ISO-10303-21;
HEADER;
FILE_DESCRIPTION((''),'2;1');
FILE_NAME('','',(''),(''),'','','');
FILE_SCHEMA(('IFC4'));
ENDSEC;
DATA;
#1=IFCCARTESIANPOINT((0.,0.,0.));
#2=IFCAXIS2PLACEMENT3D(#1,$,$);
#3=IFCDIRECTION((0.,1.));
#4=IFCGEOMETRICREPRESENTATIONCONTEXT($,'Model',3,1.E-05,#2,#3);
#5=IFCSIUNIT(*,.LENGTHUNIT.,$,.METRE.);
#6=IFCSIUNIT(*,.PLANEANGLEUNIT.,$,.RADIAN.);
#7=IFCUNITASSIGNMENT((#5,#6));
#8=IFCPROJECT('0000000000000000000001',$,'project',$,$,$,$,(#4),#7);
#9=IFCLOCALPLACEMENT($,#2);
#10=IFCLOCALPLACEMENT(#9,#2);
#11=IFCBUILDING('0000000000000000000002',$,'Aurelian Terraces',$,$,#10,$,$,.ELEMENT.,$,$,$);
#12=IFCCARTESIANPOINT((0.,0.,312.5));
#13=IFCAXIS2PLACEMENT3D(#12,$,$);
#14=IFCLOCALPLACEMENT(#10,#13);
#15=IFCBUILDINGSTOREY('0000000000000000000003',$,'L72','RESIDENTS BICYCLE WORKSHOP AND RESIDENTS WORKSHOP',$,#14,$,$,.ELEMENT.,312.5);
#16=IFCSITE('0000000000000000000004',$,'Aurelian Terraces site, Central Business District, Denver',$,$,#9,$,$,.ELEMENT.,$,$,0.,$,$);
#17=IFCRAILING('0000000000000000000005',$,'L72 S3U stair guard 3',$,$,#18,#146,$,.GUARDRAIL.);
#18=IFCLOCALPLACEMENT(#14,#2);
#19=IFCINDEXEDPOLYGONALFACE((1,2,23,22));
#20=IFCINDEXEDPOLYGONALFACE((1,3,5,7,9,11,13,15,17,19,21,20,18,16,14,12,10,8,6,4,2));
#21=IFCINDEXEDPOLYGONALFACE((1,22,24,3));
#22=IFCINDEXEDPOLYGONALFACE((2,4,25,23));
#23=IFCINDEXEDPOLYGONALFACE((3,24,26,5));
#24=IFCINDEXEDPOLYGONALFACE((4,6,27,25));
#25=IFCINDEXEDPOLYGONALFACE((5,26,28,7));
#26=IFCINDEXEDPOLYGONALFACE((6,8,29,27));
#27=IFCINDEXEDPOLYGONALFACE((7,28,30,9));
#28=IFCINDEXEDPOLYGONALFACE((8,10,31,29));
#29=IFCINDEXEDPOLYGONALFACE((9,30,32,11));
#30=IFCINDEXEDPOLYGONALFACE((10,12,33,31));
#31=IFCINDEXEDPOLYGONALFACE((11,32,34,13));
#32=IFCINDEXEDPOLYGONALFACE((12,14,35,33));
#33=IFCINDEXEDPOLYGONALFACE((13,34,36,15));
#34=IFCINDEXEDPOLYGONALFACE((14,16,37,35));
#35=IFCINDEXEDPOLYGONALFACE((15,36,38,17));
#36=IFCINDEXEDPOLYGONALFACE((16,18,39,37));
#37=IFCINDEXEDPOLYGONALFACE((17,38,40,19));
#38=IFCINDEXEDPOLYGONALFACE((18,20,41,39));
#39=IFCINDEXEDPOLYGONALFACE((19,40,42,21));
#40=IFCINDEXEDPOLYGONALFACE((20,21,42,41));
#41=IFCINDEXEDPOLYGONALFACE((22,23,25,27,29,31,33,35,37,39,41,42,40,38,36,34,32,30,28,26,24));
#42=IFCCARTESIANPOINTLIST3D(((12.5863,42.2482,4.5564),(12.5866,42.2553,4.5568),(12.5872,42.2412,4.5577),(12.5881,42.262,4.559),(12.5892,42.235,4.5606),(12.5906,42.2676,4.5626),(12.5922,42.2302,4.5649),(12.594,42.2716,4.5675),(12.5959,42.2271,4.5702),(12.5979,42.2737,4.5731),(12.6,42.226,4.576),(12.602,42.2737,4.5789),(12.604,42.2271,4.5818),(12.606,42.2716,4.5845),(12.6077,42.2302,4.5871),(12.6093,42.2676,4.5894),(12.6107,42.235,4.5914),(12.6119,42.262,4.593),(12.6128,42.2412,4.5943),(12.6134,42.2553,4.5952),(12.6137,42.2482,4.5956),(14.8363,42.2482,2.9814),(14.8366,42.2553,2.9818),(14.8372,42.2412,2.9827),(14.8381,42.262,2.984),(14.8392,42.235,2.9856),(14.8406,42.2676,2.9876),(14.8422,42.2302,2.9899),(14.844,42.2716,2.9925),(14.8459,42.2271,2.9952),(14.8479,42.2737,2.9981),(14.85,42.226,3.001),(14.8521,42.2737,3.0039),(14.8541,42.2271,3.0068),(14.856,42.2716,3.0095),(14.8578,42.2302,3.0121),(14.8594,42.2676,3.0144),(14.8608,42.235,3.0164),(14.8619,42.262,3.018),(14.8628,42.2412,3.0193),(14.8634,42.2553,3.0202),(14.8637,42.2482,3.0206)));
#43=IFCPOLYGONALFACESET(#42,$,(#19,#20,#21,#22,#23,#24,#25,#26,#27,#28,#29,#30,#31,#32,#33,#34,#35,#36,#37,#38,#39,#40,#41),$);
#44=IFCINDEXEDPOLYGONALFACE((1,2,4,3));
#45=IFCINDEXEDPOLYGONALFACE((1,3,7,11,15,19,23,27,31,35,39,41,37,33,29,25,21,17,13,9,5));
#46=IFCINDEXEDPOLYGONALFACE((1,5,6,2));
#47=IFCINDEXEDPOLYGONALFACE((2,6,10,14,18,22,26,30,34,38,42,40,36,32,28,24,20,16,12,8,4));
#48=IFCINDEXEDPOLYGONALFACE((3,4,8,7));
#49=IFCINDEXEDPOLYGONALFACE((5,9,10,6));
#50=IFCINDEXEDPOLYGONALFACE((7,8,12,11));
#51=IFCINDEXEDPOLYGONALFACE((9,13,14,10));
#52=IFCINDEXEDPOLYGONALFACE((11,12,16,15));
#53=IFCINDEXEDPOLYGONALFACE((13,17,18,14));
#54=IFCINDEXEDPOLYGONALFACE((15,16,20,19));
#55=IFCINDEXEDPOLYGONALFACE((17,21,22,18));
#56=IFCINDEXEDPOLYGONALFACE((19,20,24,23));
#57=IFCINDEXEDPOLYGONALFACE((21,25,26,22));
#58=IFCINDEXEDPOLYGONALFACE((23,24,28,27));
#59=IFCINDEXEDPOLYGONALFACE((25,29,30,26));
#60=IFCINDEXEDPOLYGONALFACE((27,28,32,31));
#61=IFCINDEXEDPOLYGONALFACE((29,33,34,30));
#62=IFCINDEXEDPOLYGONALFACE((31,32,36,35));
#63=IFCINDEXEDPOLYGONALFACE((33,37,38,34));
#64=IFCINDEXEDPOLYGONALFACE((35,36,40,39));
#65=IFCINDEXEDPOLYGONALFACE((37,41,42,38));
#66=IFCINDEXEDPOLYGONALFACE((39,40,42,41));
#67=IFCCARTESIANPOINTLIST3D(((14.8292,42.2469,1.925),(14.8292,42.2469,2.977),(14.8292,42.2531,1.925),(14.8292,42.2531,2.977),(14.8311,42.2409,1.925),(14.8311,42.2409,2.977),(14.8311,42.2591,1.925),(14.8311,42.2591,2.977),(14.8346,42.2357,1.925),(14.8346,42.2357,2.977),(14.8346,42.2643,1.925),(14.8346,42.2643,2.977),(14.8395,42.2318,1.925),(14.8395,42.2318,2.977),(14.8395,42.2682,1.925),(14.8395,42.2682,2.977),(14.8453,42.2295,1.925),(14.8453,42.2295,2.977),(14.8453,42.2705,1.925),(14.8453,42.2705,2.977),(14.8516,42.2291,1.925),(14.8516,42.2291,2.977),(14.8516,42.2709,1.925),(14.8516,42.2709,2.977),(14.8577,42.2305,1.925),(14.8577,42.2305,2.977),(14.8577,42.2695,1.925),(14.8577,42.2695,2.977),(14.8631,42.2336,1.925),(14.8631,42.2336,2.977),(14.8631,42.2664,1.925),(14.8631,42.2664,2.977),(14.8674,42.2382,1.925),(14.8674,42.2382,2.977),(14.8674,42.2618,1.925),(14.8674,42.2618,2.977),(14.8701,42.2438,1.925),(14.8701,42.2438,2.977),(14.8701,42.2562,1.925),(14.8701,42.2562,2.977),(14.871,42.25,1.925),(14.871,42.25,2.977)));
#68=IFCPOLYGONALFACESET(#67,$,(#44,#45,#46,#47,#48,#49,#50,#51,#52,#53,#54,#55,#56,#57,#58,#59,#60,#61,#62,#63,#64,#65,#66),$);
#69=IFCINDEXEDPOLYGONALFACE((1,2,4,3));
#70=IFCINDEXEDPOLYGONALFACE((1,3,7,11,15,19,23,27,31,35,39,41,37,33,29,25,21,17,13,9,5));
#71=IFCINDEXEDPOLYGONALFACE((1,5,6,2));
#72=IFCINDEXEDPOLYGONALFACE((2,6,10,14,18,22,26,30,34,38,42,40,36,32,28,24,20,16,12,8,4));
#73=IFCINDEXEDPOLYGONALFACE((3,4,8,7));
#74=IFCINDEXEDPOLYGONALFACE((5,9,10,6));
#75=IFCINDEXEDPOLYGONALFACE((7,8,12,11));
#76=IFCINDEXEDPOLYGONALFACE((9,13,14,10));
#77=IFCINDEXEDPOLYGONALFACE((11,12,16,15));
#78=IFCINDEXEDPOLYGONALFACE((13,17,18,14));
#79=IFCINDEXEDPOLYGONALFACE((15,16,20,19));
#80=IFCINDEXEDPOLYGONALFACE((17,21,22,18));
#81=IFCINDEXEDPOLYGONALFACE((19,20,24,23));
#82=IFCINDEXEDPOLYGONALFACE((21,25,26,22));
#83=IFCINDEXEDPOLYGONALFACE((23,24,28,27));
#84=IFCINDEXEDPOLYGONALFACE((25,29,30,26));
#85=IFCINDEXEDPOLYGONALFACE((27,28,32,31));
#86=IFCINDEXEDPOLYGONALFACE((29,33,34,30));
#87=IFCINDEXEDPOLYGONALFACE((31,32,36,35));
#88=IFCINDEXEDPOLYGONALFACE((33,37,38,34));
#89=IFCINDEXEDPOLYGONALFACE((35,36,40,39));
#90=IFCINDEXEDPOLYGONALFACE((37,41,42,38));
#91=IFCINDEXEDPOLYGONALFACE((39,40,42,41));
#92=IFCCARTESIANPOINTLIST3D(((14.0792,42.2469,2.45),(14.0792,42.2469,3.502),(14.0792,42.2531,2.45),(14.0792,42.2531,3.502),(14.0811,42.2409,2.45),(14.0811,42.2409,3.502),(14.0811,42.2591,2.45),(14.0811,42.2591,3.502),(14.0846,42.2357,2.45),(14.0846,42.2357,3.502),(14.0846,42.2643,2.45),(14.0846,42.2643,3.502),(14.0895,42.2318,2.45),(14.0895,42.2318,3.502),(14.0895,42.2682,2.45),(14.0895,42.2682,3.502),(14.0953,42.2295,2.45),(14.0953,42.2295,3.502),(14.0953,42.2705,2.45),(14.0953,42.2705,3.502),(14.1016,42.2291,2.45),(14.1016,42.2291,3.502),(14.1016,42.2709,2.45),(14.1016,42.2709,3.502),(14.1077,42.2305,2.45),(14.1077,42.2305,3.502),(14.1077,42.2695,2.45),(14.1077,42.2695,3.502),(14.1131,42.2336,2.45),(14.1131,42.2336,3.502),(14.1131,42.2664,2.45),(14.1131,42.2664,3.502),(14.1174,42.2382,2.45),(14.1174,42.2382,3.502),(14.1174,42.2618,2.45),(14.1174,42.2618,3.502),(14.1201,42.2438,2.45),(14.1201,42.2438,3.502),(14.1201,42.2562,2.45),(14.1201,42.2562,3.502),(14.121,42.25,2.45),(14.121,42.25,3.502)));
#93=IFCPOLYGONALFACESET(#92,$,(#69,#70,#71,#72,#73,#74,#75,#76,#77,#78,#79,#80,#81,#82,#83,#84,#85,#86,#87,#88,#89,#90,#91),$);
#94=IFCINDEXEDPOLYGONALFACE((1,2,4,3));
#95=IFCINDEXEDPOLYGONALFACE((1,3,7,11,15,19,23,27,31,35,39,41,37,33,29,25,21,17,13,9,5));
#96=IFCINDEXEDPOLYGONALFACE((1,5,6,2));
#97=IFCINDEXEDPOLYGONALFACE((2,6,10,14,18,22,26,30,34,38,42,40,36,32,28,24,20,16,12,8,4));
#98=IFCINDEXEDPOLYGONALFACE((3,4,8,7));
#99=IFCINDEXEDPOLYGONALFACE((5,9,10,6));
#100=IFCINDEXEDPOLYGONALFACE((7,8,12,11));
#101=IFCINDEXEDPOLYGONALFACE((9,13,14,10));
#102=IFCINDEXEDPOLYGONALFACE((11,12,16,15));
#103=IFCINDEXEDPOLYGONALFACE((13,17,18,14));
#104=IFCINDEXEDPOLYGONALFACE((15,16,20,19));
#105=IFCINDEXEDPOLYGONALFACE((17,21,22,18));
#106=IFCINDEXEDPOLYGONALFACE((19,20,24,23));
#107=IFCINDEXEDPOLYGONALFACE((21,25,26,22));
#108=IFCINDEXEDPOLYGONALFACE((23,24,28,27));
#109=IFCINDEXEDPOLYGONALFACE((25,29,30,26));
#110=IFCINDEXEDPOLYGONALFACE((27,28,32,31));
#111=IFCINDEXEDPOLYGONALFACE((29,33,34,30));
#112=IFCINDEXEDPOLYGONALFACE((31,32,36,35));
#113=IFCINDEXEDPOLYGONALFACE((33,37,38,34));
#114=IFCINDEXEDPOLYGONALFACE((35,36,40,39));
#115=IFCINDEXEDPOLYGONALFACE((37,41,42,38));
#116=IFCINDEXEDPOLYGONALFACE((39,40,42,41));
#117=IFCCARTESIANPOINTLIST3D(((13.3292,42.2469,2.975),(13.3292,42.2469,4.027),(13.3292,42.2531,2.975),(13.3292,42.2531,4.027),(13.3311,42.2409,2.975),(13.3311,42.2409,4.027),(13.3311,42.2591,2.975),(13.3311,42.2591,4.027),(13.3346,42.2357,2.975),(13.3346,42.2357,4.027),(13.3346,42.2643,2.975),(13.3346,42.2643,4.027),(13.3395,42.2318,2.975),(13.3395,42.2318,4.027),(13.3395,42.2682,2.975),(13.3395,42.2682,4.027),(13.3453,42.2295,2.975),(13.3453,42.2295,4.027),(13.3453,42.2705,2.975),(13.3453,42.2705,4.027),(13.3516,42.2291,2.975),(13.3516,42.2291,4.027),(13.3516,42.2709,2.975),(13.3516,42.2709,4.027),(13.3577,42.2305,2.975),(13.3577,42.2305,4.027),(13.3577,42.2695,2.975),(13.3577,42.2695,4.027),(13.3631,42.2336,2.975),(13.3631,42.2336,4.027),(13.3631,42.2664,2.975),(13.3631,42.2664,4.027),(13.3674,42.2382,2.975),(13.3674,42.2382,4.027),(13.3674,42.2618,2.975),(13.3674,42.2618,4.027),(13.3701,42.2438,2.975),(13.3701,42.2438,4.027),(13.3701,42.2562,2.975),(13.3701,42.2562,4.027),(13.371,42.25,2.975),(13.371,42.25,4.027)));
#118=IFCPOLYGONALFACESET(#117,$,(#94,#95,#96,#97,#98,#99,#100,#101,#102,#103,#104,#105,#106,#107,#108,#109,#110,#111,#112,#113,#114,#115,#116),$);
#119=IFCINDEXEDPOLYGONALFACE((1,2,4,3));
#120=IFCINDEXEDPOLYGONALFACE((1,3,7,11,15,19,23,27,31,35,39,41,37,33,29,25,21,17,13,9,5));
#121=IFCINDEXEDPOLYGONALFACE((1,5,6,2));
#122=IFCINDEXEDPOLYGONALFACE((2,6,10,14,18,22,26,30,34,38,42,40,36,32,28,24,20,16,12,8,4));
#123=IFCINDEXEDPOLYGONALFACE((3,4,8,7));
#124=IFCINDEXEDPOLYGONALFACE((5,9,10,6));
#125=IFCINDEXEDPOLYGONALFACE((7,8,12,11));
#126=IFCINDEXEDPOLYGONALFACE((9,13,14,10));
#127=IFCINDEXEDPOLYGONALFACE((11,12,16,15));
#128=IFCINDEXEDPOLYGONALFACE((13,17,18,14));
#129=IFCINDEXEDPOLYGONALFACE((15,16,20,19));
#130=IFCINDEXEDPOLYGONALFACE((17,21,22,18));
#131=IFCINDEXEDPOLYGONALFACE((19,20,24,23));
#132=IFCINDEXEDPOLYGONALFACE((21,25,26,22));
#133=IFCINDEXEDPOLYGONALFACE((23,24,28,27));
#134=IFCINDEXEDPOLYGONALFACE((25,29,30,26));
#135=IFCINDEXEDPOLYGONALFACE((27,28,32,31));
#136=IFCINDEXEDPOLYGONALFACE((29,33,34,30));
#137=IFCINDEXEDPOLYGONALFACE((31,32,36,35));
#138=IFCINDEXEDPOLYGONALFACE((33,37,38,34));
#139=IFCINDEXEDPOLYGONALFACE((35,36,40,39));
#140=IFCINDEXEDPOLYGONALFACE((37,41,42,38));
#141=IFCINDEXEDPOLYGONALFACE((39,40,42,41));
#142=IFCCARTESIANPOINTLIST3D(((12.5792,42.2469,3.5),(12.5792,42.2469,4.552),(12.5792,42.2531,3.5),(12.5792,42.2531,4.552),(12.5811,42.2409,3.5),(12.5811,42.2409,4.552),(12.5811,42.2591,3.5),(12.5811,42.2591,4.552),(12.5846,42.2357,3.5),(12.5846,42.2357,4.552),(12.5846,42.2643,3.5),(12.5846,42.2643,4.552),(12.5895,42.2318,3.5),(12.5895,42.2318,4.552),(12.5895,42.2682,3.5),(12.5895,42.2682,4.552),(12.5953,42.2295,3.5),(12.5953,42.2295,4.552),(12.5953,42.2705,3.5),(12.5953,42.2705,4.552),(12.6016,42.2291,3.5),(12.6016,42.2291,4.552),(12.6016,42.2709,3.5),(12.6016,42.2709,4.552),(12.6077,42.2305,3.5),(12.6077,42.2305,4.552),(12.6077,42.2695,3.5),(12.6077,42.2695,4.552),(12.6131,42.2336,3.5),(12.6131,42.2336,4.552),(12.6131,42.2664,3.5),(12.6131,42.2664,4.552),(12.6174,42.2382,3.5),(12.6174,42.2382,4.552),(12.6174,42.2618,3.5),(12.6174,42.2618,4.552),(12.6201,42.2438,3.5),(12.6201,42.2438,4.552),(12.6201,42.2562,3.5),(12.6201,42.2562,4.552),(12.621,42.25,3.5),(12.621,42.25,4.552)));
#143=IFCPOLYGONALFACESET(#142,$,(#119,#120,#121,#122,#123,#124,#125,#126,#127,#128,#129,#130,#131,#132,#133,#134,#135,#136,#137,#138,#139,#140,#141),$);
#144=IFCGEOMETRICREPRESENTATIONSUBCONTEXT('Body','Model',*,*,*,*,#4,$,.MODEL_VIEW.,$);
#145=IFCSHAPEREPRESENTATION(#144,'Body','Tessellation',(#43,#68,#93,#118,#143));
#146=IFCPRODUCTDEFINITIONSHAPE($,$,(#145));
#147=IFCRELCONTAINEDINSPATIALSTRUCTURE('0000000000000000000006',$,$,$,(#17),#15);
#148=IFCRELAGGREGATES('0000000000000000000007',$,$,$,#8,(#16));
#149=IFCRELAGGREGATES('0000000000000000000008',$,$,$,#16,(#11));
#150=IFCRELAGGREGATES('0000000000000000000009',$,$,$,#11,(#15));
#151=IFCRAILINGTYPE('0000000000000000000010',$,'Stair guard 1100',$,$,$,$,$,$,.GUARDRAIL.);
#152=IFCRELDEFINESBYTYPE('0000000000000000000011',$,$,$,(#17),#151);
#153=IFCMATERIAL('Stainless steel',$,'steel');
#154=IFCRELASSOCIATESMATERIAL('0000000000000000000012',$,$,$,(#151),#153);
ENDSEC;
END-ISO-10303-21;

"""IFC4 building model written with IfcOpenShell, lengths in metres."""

from ifc_helpers import new_model, si_unit, direction, frame, origin, origin_2d, place, context, subcontext, project, spatial, circle, extrude, source, transform, mapped, material, type_object, element, save


model = new_model("IFC4")

# Units and contexts
model_context = context("Model", 3, precision=1e-05, world=origin(), true_north=direction((0.0, 1.0)))
body_context = subcontext(model_context, "Body", "Model", "MODEL_VIEW")
ifc_project = project(units=[si_unit("LENGTHUNIT", "METRE"), si_unit("PLANEANGLEUNIT", "RADIAN")], contexts=[model_context])

# Site, building, storey
site_placement = place(None, origin())
site = spatial("IfcSite", under=ifc_project, at=site_placement, Name="Aurelian Terraces site, Central Business District, Denver", CompositionType="ELEMENT", RefElevation=0.0)
building_placement = place(site_placement, origin())
building = spatial("IfcBuilding", under=site, at=building_placement, Name="Aurelian Terraces", CompositionType="ELEMENT")
storey_placement = place(building_placement, frame((0.0, 0.0, 312.5)))
storey = spatial("IfcBuildingStorey", under=building, at=storey_placement, Name="L72", Description="RESIDENTS BICYCLE WORKSHOP AND RESIDENTS WORKSHOP", CompositionType="ELEMENT", Elevation=312.5)

# Shared definitions
ifc_material_1 = material(Name="Stainless steel", Category="steel")

# Railing
railing_type_1 = type_object("IfcRailingType", Name="Stair guard 1100", PredefinedType="GUARDRAIL", material=ifc_material_1)
shared_shape_1 = source(origin(), body_context, "Body", "SweptSolid", [
    extrude(circle(Radius=0.024, at=origin_2d()), frame((0.0, 0.0, 1.076), z_axis=(-0.819232, 0.0, 0.573462), x_axis=(0.0, -1.0, 0.0)), (0.0, 0.0, 1.0), 2.7465),
    extrude(circle(Radius=0.021, at=origin_2d()), origin(), (0.0, 0.0, 1.0), 1.052),
    extrude(circle(Radius=0.021, at=origin_2d()), frame((-0.75, 0.0, 0.525)), (0.0, 0.0, 1.0), 1.052),
    extrude(circle(Radius=0.021, at=origin_2d()), frame((-1.5, 0.0, 1.05)), (0.0, 0.0, 1.0), 1.052),
    extrude(circle(Radius=0.021, at=origin_2d()), frame((-2.25, 0.0, 1.575)), (0.0, 0.0, 1.0), 1.052),
])
railing_1_placement = place(storey_placement, frame((14.85, 42.25, 1.925)))
element("IfcRailing", 1, at=railing_1_placement, inside=storey, type_object=railing_type_1, Name="L72 S3U stair guard 3", PredefinedType="GUARDRAIL", context=body_context, shape_type="MappedRepresentation", body=[
    mapped(shared_shape_1, transform((0.0, 0.0, 0.0), scale=1.0)),
])

save(model, "model.ifc")
